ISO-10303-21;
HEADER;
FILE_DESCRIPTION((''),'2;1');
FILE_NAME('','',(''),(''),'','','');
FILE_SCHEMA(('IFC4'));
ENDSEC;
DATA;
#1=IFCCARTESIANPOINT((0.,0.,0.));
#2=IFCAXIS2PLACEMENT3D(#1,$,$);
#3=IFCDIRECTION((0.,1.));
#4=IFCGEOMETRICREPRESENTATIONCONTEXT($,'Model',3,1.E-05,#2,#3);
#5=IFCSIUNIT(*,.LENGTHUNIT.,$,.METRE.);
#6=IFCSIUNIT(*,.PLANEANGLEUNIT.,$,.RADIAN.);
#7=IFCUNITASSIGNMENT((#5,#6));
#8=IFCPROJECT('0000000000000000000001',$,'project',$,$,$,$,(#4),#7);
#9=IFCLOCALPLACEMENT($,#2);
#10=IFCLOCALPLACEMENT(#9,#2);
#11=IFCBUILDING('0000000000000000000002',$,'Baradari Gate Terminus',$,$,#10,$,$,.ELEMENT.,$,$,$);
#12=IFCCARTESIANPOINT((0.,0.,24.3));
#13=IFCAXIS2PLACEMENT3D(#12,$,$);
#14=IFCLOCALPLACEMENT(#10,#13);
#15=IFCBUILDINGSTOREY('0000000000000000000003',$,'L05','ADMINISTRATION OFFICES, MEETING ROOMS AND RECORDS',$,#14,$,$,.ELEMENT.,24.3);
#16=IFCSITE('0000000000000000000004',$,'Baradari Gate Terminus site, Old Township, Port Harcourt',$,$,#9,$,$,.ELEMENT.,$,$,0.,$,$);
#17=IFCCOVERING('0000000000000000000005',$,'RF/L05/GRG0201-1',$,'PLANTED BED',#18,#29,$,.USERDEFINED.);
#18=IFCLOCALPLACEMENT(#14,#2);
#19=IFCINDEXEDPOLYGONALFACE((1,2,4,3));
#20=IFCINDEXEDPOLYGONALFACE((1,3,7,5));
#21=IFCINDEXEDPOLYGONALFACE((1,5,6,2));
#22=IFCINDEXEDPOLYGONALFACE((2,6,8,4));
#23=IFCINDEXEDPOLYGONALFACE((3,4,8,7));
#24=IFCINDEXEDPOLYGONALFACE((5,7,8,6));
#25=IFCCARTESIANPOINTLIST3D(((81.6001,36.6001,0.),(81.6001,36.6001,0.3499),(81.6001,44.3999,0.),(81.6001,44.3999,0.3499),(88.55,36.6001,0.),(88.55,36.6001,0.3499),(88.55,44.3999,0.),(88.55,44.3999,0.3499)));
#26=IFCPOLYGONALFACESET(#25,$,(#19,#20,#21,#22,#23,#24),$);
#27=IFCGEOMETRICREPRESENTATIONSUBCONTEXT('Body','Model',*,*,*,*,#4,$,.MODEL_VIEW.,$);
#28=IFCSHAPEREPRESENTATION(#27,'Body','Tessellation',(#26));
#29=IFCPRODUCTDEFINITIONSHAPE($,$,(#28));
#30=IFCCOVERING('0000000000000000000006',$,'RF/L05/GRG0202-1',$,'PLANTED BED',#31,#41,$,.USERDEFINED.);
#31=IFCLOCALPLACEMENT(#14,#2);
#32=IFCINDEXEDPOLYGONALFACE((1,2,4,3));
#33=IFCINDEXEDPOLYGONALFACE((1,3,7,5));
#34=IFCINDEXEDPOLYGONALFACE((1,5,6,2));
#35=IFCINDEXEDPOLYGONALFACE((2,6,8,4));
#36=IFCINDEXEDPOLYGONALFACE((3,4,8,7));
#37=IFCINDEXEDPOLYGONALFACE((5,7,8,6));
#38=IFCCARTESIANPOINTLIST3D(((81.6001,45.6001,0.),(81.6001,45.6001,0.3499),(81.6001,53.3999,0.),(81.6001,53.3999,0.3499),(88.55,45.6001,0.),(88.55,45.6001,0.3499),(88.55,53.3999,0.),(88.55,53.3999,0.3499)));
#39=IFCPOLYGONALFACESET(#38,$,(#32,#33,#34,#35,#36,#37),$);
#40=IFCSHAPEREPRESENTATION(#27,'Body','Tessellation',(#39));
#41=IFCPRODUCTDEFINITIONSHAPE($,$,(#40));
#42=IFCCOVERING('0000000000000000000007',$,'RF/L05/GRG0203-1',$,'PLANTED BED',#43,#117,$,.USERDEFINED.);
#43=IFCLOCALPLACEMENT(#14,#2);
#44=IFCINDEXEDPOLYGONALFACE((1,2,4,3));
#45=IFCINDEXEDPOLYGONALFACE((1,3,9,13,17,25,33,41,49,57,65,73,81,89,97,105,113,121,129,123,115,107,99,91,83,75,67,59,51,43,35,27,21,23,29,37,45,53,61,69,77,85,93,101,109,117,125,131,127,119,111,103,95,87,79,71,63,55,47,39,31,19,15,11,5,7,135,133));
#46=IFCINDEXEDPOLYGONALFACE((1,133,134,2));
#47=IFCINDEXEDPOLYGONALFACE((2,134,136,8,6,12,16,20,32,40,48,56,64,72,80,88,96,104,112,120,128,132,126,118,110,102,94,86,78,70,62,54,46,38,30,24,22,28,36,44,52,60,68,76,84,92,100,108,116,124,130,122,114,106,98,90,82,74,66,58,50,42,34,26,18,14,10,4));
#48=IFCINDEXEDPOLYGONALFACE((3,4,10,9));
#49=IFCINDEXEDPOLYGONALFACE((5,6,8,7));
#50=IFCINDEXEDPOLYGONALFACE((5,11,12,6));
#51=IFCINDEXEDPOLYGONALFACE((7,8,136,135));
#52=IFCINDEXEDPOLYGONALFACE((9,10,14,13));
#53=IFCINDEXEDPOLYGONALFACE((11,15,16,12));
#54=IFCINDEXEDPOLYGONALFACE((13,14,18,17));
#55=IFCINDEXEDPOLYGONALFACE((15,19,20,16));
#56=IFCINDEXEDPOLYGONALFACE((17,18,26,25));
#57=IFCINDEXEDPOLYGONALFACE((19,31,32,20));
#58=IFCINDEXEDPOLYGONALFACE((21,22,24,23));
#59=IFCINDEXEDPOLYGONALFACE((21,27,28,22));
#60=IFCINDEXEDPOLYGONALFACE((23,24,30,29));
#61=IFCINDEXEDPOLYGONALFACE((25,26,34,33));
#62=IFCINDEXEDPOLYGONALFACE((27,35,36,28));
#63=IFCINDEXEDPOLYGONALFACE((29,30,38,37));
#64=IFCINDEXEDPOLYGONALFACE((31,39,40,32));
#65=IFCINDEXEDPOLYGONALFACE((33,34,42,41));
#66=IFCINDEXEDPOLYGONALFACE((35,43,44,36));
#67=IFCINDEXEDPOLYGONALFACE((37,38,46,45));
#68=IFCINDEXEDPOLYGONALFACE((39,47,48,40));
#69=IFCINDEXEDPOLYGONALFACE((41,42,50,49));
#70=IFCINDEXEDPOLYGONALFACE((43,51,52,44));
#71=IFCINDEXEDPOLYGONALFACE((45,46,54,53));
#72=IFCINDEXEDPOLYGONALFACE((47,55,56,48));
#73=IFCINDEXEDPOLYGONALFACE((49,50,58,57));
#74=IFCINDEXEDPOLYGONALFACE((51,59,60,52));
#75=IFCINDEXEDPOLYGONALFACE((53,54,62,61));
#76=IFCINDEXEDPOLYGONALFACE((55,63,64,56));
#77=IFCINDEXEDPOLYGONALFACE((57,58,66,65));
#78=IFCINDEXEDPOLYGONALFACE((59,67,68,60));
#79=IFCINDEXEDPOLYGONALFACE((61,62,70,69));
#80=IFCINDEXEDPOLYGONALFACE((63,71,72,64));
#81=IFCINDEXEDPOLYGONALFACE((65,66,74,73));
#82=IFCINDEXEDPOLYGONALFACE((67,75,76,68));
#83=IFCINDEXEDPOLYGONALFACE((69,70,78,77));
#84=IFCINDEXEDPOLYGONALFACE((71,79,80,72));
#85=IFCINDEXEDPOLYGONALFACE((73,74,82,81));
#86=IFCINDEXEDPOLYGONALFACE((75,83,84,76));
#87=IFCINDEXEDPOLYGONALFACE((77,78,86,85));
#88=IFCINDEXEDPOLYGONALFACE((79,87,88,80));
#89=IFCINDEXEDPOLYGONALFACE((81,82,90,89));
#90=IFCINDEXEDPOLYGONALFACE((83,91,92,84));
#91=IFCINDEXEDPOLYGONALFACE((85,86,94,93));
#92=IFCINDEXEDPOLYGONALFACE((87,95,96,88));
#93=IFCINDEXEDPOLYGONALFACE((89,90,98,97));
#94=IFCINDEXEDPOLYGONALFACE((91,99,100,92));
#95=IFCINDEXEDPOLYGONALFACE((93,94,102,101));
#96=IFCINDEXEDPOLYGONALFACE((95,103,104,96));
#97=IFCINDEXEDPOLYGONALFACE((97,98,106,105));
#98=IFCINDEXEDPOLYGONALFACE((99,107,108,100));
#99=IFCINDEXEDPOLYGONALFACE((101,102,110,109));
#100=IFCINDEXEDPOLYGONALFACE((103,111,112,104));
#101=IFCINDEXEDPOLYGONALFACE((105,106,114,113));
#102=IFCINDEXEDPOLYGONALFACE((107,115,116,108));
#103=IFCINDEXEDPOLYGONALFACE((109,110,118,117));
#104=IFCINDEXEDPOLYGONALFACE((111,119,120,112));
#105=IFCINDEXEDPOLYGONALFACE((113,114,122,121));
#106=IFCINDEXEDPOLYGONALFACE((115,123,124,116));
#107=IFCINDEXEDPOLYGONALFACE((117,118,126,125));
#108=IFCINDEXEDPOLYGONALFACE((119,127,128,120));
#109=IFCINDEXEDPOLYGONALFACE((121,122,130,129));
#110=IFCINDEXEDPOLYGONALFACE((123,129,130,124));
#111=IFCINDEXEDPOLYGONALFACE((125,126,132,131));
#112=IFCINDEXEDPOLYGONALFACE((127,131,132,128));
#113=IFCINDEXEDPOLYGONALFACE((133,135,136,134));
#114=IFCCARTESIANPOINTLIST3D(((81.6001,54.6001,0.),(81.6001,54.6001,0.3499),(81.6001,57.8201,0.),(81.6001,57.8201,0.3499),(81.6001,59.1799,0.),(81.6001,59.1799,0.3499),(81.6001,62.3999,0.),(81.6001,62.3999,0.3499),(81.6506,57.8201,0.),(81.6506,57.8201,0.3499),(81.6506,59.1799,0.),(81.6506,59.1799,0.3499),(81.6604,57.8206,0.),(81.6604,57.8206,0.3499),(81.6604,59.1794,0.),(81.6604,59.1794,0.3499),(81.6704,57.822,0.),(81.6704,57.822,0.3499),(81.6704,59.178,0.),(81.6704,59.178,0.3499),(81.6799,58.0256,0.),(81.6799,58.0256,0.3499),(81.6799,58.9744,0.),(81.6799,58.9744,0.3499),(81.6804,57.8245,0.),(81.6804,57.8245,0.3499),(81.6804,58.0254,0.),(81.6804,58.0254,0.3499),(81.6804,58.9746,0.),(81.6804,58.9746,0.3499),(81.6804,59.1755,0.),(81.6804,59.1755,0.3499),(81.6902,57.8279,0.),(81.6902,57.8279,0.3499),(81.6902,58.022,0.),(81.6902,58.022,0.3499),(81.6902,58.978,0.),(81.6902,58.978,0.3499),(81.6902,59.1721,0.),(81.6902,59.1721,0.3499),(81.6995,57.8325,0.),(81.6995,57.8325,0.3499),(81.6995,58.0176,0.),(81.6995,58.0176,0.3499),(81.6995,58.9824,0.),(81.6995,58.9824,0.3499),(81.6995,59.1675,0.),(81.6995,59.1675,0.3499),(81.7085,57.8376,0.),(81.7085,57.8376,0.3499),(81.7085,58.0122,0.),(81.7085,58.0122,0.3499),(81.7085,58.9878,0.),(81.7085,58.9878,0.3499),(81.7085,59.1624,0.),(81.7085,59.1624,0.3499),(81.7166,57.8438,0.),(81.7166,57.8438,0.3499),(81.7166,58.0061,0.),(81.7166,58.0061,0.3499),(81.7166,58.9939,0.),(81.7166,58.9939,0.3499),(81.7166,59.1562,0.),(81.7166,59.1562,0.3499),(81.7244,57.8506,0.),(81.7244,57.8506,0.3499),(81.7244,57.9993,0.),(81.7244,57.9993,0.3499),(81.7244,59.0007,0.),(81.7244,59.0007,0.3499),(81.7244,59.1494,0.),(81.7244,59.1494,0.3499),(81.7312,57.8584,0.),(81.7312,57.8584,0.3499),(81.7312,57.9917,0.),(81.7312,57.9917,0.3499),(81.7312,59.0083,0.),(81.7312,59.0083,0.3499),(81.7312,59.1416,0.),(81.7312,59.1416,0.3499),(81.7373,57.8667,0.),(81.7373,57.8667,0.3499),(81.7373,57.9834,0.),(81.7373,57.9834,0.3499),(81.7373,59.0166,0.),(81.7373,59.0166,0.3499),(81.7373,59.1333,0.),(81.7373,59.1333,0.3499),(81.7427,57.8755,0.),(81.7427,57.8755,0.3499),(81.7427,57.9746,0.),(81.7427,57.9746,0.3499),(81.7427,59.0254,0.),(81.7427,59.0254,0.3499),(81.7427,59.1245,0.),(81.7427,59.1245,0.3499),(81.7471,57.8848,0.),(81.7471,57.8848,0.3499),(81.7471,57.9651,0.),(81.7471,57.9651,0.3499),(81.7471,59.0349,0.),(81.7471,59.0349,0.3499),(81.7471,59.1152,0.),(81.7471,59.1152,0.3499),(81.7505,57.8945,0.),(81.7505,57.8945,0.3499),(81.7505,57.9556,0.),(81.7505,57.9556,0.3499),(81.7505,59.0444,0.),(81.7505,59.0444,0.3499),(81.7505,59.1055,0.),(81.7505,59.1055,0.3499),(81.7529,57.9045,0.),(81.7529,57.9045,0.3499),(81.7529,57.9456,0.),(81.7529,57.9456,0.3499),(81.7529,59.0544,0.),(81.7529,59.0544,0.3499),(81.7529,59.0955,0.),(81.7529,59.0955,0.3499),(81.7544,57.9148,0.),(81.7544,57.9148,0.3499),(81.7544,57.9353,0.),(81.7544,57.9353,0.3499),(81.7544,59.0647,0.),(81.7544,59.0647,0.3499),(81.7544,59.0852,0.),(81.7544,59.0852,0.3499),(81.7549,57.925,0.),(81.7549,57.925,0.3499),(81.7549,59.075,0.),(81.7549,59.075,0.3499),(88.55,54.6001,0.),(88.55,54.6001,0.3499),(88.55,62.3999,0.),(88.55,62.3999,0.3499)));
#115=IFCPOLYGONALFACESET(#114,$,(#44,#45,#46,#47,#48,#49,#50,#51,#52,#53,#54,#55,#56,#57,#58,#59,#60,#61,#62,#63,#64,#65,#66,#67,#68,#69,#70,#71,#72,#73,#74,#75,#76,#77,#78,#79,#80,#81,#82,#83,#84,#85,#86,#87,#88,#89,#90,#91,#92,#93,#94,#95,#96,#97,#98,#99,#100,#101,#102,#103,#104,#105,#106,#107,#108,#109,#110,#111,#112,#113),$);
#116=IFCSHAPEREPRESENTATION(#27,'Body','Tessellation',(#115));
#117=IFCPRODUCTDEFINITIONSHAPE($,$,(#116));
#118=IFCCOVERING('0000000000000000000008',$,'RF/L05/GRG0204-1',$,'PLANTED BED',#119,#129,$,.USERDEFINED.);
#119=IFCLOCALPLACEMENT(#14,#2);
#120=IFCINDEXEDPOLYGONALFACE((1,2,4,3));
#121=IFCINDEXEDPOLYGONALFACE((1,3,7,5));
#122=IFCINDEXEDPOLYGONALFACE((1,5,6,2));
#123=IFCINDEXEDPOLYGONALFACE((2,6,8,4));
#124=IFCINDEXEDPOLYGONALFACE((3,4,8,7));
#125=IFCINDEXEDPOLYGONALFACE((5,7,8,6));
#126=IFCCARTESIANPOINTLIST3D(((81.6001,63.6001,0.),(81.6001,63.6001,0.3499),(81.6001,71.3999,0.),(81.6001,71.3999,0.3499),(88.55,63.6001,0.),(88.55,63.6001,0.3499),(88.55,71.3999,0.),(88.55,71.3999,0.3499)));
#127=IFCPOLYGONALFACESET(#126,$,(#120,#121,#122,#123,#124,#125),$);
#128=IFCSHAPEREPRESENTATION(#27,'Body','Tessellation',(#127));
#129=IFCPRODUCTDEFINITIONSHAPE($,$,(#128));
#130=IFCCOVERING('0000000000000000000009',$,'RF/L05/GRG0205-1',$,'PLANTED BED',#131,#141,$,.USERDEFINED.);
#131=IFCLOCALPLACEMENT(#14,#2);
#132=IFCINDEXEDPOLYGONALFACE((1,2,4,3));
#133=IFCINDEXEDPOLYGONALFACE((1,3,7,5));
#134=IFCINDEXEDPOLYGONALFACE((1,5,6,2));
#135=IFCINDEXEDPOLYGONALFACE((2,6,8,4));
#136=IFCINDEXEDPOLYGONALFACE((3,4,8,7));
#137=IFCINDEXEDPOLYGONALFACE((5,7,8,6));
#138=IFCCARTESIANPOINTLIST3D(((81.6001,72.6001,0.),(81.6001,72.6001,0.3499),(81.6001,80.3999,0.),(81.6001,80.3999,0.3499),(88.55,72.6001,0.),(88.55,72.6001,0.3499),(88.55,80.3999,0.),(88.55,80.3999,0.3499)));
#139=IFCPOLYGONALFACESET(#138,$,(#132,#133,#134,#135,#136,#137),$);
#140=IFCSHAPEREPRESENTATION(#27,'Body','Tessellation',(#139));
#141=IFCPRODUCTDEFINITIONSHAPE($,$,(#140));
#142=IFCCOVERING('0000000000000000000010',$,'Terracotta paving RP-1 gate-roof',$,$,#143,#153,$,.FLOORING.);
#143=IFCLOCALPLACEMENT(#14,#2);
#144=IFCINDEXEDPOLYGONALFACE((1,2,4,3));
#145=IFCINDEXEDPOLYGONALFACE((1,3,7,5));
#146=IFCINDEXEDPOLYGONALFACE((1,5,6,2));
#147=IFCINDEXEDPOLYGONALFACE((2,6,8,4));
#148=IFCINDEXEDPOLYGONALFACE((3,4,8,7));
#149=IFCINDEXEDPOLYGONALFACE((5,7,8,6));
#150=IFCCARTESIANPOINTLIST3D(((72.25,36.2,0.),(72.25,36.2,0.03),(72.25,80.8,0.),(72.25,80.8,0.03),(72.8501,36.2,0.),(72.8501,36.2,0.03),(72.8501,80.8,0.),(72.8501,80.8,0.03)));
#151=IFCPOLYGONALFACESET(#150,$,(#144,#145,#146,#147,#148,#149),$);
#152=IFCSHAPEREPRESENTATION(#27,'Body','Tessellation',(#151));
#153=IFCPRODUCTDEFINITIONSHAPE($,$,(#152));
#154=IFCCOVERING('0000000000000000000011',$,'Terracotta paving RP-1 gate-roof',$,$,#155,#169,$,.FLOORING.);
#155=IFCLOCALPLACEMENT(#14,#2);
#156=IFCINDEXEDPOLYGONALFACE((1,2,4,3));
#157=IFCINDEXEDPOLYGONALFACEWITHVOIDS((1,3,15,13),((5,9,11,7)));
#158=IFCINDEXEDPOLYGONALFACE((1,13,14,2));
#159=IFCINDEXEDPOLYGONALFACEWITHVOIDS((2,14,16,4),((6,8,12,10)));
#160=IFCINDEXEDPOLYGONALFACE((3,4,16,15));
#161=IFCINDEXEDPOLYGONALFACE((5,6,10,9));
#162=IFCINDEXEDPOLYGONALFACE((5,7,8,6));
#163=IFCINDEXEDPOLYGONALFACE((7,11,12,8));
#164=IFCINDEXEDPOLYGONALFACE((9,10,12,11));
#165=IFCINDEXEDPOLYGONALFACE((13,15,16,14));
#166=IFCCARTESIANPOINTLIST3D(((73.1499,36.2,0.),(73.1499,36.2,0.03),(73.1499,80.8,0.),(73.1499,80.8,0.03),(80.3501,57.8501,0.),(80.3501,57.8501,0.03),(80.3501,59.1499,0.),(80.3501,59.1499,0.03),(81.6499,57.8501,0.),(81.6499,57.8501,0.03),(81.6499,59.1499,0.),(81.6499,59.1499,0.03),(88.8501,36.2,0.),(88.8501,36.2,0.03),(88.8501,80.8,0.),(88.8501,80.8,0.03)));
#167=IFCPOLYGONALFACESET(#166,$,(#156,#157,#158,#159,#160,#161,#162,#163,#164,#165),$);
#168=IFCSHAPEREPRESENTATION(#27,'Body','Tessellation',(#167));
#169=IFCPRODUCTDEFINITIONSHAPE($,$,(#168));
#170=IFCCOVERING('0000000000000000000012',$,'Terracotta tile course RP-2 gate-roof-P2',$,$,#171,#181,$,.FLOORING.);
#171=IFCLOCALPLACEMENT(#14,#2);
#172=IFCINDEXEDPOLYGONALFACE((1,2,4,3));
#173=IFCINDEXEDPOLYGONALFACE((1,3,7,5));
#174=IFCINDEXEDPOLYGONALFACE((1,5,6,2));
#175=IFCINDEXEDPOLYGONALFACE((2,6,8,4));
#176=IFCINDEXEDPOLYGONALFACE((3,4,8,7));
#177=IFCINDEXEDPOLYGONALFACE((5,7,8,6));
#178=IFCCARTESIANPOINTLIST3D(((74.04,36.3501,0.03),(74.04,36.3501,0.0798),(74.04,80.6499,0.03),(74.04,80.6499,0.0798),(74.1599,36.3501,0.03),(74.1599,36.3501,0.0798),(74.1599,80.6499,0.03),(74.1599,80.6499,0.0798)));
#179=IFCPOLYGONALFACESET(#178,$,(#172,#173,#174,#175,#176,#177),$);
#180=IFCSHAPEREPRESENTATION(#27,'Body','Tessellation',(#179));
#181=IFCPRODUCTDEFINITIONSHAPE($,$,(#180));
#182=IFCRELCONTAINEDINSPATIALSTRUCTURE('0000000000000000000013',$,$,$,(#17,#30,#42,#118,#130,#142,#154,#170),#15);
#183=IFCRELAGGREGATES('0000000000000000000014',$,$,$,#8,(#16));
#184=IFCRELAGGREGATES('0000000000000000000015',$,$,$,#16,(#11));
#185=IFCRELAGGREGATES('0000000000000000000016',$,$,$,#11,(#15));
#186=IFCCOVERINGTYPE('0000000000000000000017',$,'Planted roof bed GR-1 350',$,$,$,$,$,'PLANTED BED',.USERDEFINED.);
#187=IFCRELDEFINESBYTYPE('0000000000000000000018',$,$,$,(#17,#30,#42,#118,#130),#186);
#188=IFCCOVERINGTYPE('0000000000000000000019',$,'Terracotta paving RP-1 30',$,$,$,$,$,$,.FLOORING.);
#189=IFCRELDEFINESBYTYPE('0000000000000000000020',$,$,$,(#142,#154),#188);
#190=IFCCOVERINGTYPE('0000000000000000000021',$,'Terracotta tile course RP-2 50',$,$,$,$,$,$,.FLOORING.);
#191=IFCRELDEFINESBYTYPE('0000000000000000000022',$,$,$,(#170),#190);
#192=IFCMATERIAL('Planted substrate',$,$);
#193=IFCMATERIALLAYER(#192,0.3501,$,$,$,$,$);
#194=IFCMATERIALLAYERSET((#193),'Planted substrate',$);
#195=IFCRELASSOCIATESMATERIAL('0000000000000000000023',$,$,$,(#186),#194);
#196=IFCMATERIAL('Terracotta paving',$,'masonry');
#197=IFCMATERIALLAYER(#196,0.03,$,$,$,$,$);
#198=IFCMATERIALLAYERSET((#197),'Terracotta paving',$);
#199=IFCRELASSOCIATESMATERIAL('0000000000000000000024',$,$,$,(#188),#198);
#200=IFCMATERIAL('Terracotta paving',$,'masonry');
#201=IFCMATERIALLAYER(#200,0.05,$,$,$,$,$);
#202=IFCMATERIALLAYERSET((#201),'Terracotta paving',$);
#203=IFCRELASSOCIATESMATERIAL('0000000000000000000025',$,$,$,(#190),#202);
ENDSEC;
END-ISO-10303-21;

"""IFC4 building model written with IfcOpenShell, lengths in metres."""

from ifc_helpers import new_model, si_unit, direction, frame, origin, place, context, subcontext, project, spatial, polyline, outline, extrude, material, layer, layer_set, type_object, element, save


model = new_model("IFC4")

# Units and contexts
model_context = context("Model", 3, precision=1e-05, world=origin(), true_north=direction((0.0, 1.0)))
body_context = subcontext(model_context, "Body", "Model", "MODEL_VIEW")
ifc_project = project(units=[si_unit("LENGTHUNIT", "METRE"), si_unit("PLANEANGLEUNIT", "RADIAN")], contexts=[model_context])

# Site, building, storey
site_placement = place(None, origin())
site = spatial("IfcSite", under=ifc_project, at=site_placement, Name="Baradari Gate Terminus site, Old Township, Port Harcourt", CompositionType="ELEMENT", RefElevation=0.0)
building_placement = place(site_placement, origin())
building = spatial("IfcBuilding", under=site, at=building_placement, Name="Baradari Gate Terminus", CompositionType="ELEMENT")
storey_placement = place(building_placement, frame((0.0, 0.0, 24.3)))
storey = spatial("IfcBuildingStorey", under=building, at=storey_placement, Name="L05", Description="ADMINISTRATION OFFICES, MEETING ROOMS AND RECORDS", CompositionType="ELEMENT", Elevation=24.3)

# Coverings
ifc_material_1 = material(Name="Planted substrate")
ifc_layer_1 = layer(ifc_material_1, 0.3501)
ifc_layer_set_1 = layer_set([ifc_layer_1], Name="Planted substrate")
covering_type_1 = type_object("IfcCoveringType", Name="Planted roof bed GR-1 350", ElementType="PLANTED BED", PredefinedType="USERDEFINED", material=ifc_layer_set_1)
covering_1_placement = place(storey_placement, origin())
element("IfcCovering", 1, at=covering_1_placement, inside=storey, type_object=covering_type_1, Name="RF/L05/GRG0201-1", ObjectType="PLANTED BED", PredefinedType="USERDEFINED", context=body_context, shape_type="SweptSolid", body=[
    extrude(outline(polyline([(88.55, 44.3999), (88.55, 36.6001), (81.6001, 36.6001), (81.6001, 44.3999), (88.55, 44.3999)])), origin(), (0.0, 0.0, 1.0), 0.3499),
])
covering_2_placement = place(storey_placement, origin())
element("IfcCovering", 2, at=covering_2_placement, inside=storey, type_object=covering_type_1, Name="RF/L05/GRG0202-1", ObjectType="PLANTED BED", PredefinedType="USERDEFINED", context=body_context, shape_type="SweptSolid", body=[
    extrude(outline(polyline([(81.6001, 53.3999), (88.55, 53.3999), (88.55, 45.6001), (81.6001, 45.6001), (81.6001, 53.3999)])), origin(), (0.0, 0.0, 1.0), 0.3499),
])
covering_3_placement = place(storey_placement, origin())
element("IfcCovering", 3, at=covering_3_placement, inside=storey, type_object=covering_type_1, Name="RF/L05/GRG0203-1", ObjectType="PLANTED BED", PredefinedType="USERDEFINED", context=body_context, shape_type="SweptSolid", body=[
    extrude(outline(polyline([(81.6001, 57.8201), (81.6506, 57.8201), (81.6604, 57.8206), (81.6704, 57.822), (81.6804, 57.8245), (81.6902, 57.8279), (81.6995, 57.8325), (81.7085, 57.8376), (81.7166, 57.8438), (81.7244, 57.8506), (81.7312, 57.8584), (81.7373, 57.8667), (81.7427, 57.8755), (81.7471, 57.8848), (81.7505, 57.8945), (81.7529, 57.9045), (81.7544, 57.9148), (81.7549, 57.925), (81.7544, 57.9353), (81.7529, 57.9456), (81.7505, 57.9556), (81.7471, 57.9651), (81.7427, 57.9746), (81.7373, 57.9834), (81.7312, 57.9917), (81.7244, 57.9993), (81.7166, 58.0061), (81.7085, 58.0122), (81.6995, 58.0176), (81.6902, 58.022), (81.6804, 58.0254), (81.6799, 58.0256), (81.6799, 58.9744), (81.6804, 58.9746), (81.6902, 58.978), (81.6995, 58.9824), (81.7085, 58.9878), (81.7166, 58.9939), (81.7244, 59.0007), (81.7312, 59.0083), (81.7373, 59.0166), (81.7427, 59.0254), (81.7471, 59.0349), (81.7505, 59.0444), (81.7529, 59.0544), (81.7544, 59.0647), (81.7549, 59.075), (81.7544, 59.0852), (81.7529, 59.0955), (81.7505, 59.1055), (81.7471, 59.1152), (81.7427, 59.1245), (81.7373, 59.1333), (81.7312, 59.1416), (81.7244, 59.1494), (81.7166, 59.1562), (81.7085, 59.1624), (81.6995, 59.1675), (81.6902, 59.1721), (81.6804, 59.1755), (81.6704, 59.178), (81.6604, 59.1794), (81.6506, 59.1799), (81.6001, 59.1799), (81.6001, 62.3999), (88.55, 62.3999), (88.55, 54.6001), (81.6001, 54.6001), (81.6001, 57.8201)])), origin(), (0.0, 0.0, 1.0), 0.3499),
])
covering_4_placement = place(storey_placement, origin())
element("IfcCovering", 4, at=covering_4_placement, inside=storey, type_object=covering_type_1, Name="RF/L05/GRG0204-1", ObjectType="PLANTED BED", PredefinedType="USERDEFINED", context=body_context, shape_type="SweptSolid", body=[
    extrude(outline(polyline([(81.6001, 71.3999), (88.55, 71.3999), (88.55, 63.6001), (81.6001, 63.6001), (81.6001, 71.3999)])), origin(), (0.0, 0.0, 1.0), 0.3499),
])
covering_5_placement = place(storey_placement, origin())
element("IfcCovering", 5, at=covering_5_placement, inside=storey, type_object=covering_type_1, Name="RF/L05/GRG0205-1", ObjectType="PLANTED BED", PredefinedType="USERDEFINED", context=body_context, shape_type="SweptSolid", body=[
    extrude(outline(polyline([(81.6001, 80.3999), (88.55, 80.3999), (88.55, 72.6001), (81.6001, 72.6001), (81.6001, 80.3999)])), origin(), (0.0, 0.0, 1.0), 0.3499),
])
ifc_material_2 = material(Name="Terracotta paving", Category="masonry")
ifc_layer_2 = layer(ifc_material_2, 0.03)
ifc_layer_set_2 = layer_set([ifc_layer_2], Name="Terracotta paving")
covering_type_2 = type_object("IfcCoveringType", Name="Terracotta paving RP-1 30", PredefinedType="FLOORING", material=ifc_layer_set_2)
covering_6_placement = place(storey_placement, origin())
element("IfcCovering", 6, at=covering_6_placement, inside=storey, type_object=covering_type_2, Name="Terracotta paving RP-1 gate-roof", PredefinedType="FLOORING", context=body_context, shape_type="SweptSolid", body=[
    extrude(outline(polyline([(72.8501, 36.2), (72.25, 36.2), (72.25, 80.8), (72.8501, 80.8), (72.8501, 36.2)])), origin(), (0.0, 0.0, 1.0), 0.03),
])
covering_7_placement = place(storey_placement, origin())
element("IfcCovering", 7, at=covering_7_placement, inside=storey, type_object=covering_type_2, Name="Terracotta paving RP-1 gate-roof", PredefinedType="FLOORING", context=body_context, shape_type="SweptSolid", body=[
    extrude(outline(polyline([(73.1499, 36.2), (73.1499, 80.8), (88.8501, 80.8), (88.8501, 36.2), (73.1499, 36.2)]), holes=[polyline([(81.6499, 57.8501), (81.6499, 59.1499), (80.3501, 59.1499), (80.3501, 57.8501), (81.6499, 57.8501)])]), origin(), (0.0, 0.0, 1.0), 0.03),
])
ifc_material_3 = material(Name="Terracotta paving", Category="masonry")
ifc_layer_3 = layer(ifc_material_3, 0.05)
ifc_layer_set_3 = layer_set([ifc_layer_3], Name="Terracotta paving")
covering_type_3 = type_object("IfcCoveringType", Name="Terracotta tile course RP-2 50", PredefinedType="FLOORING", material=ifc_layer_set_3)
covering_8_placement = place(storey_placement, frame((0.0, 0.0, 0.03)))
element("IfcCovering", 8, at=covering_8_placement, inside=storey, type_object=covering_type_3, Name="Terracotta tile course RP-2 gate-roof-P2", PredefinedType="FLOORING", context=body_context, shape_type="SweptSolid", body=[
    extrude(outline(polyline([(74.1599, 36.3501), (74.1599, 80.6499), (74.04, 80.6499), (74.04, 36.3501), (74.1599, 36.3501)])), origin(), (0.0, 0.0, 1.0), 0.0498),
])

save(model, "model.ifc")
